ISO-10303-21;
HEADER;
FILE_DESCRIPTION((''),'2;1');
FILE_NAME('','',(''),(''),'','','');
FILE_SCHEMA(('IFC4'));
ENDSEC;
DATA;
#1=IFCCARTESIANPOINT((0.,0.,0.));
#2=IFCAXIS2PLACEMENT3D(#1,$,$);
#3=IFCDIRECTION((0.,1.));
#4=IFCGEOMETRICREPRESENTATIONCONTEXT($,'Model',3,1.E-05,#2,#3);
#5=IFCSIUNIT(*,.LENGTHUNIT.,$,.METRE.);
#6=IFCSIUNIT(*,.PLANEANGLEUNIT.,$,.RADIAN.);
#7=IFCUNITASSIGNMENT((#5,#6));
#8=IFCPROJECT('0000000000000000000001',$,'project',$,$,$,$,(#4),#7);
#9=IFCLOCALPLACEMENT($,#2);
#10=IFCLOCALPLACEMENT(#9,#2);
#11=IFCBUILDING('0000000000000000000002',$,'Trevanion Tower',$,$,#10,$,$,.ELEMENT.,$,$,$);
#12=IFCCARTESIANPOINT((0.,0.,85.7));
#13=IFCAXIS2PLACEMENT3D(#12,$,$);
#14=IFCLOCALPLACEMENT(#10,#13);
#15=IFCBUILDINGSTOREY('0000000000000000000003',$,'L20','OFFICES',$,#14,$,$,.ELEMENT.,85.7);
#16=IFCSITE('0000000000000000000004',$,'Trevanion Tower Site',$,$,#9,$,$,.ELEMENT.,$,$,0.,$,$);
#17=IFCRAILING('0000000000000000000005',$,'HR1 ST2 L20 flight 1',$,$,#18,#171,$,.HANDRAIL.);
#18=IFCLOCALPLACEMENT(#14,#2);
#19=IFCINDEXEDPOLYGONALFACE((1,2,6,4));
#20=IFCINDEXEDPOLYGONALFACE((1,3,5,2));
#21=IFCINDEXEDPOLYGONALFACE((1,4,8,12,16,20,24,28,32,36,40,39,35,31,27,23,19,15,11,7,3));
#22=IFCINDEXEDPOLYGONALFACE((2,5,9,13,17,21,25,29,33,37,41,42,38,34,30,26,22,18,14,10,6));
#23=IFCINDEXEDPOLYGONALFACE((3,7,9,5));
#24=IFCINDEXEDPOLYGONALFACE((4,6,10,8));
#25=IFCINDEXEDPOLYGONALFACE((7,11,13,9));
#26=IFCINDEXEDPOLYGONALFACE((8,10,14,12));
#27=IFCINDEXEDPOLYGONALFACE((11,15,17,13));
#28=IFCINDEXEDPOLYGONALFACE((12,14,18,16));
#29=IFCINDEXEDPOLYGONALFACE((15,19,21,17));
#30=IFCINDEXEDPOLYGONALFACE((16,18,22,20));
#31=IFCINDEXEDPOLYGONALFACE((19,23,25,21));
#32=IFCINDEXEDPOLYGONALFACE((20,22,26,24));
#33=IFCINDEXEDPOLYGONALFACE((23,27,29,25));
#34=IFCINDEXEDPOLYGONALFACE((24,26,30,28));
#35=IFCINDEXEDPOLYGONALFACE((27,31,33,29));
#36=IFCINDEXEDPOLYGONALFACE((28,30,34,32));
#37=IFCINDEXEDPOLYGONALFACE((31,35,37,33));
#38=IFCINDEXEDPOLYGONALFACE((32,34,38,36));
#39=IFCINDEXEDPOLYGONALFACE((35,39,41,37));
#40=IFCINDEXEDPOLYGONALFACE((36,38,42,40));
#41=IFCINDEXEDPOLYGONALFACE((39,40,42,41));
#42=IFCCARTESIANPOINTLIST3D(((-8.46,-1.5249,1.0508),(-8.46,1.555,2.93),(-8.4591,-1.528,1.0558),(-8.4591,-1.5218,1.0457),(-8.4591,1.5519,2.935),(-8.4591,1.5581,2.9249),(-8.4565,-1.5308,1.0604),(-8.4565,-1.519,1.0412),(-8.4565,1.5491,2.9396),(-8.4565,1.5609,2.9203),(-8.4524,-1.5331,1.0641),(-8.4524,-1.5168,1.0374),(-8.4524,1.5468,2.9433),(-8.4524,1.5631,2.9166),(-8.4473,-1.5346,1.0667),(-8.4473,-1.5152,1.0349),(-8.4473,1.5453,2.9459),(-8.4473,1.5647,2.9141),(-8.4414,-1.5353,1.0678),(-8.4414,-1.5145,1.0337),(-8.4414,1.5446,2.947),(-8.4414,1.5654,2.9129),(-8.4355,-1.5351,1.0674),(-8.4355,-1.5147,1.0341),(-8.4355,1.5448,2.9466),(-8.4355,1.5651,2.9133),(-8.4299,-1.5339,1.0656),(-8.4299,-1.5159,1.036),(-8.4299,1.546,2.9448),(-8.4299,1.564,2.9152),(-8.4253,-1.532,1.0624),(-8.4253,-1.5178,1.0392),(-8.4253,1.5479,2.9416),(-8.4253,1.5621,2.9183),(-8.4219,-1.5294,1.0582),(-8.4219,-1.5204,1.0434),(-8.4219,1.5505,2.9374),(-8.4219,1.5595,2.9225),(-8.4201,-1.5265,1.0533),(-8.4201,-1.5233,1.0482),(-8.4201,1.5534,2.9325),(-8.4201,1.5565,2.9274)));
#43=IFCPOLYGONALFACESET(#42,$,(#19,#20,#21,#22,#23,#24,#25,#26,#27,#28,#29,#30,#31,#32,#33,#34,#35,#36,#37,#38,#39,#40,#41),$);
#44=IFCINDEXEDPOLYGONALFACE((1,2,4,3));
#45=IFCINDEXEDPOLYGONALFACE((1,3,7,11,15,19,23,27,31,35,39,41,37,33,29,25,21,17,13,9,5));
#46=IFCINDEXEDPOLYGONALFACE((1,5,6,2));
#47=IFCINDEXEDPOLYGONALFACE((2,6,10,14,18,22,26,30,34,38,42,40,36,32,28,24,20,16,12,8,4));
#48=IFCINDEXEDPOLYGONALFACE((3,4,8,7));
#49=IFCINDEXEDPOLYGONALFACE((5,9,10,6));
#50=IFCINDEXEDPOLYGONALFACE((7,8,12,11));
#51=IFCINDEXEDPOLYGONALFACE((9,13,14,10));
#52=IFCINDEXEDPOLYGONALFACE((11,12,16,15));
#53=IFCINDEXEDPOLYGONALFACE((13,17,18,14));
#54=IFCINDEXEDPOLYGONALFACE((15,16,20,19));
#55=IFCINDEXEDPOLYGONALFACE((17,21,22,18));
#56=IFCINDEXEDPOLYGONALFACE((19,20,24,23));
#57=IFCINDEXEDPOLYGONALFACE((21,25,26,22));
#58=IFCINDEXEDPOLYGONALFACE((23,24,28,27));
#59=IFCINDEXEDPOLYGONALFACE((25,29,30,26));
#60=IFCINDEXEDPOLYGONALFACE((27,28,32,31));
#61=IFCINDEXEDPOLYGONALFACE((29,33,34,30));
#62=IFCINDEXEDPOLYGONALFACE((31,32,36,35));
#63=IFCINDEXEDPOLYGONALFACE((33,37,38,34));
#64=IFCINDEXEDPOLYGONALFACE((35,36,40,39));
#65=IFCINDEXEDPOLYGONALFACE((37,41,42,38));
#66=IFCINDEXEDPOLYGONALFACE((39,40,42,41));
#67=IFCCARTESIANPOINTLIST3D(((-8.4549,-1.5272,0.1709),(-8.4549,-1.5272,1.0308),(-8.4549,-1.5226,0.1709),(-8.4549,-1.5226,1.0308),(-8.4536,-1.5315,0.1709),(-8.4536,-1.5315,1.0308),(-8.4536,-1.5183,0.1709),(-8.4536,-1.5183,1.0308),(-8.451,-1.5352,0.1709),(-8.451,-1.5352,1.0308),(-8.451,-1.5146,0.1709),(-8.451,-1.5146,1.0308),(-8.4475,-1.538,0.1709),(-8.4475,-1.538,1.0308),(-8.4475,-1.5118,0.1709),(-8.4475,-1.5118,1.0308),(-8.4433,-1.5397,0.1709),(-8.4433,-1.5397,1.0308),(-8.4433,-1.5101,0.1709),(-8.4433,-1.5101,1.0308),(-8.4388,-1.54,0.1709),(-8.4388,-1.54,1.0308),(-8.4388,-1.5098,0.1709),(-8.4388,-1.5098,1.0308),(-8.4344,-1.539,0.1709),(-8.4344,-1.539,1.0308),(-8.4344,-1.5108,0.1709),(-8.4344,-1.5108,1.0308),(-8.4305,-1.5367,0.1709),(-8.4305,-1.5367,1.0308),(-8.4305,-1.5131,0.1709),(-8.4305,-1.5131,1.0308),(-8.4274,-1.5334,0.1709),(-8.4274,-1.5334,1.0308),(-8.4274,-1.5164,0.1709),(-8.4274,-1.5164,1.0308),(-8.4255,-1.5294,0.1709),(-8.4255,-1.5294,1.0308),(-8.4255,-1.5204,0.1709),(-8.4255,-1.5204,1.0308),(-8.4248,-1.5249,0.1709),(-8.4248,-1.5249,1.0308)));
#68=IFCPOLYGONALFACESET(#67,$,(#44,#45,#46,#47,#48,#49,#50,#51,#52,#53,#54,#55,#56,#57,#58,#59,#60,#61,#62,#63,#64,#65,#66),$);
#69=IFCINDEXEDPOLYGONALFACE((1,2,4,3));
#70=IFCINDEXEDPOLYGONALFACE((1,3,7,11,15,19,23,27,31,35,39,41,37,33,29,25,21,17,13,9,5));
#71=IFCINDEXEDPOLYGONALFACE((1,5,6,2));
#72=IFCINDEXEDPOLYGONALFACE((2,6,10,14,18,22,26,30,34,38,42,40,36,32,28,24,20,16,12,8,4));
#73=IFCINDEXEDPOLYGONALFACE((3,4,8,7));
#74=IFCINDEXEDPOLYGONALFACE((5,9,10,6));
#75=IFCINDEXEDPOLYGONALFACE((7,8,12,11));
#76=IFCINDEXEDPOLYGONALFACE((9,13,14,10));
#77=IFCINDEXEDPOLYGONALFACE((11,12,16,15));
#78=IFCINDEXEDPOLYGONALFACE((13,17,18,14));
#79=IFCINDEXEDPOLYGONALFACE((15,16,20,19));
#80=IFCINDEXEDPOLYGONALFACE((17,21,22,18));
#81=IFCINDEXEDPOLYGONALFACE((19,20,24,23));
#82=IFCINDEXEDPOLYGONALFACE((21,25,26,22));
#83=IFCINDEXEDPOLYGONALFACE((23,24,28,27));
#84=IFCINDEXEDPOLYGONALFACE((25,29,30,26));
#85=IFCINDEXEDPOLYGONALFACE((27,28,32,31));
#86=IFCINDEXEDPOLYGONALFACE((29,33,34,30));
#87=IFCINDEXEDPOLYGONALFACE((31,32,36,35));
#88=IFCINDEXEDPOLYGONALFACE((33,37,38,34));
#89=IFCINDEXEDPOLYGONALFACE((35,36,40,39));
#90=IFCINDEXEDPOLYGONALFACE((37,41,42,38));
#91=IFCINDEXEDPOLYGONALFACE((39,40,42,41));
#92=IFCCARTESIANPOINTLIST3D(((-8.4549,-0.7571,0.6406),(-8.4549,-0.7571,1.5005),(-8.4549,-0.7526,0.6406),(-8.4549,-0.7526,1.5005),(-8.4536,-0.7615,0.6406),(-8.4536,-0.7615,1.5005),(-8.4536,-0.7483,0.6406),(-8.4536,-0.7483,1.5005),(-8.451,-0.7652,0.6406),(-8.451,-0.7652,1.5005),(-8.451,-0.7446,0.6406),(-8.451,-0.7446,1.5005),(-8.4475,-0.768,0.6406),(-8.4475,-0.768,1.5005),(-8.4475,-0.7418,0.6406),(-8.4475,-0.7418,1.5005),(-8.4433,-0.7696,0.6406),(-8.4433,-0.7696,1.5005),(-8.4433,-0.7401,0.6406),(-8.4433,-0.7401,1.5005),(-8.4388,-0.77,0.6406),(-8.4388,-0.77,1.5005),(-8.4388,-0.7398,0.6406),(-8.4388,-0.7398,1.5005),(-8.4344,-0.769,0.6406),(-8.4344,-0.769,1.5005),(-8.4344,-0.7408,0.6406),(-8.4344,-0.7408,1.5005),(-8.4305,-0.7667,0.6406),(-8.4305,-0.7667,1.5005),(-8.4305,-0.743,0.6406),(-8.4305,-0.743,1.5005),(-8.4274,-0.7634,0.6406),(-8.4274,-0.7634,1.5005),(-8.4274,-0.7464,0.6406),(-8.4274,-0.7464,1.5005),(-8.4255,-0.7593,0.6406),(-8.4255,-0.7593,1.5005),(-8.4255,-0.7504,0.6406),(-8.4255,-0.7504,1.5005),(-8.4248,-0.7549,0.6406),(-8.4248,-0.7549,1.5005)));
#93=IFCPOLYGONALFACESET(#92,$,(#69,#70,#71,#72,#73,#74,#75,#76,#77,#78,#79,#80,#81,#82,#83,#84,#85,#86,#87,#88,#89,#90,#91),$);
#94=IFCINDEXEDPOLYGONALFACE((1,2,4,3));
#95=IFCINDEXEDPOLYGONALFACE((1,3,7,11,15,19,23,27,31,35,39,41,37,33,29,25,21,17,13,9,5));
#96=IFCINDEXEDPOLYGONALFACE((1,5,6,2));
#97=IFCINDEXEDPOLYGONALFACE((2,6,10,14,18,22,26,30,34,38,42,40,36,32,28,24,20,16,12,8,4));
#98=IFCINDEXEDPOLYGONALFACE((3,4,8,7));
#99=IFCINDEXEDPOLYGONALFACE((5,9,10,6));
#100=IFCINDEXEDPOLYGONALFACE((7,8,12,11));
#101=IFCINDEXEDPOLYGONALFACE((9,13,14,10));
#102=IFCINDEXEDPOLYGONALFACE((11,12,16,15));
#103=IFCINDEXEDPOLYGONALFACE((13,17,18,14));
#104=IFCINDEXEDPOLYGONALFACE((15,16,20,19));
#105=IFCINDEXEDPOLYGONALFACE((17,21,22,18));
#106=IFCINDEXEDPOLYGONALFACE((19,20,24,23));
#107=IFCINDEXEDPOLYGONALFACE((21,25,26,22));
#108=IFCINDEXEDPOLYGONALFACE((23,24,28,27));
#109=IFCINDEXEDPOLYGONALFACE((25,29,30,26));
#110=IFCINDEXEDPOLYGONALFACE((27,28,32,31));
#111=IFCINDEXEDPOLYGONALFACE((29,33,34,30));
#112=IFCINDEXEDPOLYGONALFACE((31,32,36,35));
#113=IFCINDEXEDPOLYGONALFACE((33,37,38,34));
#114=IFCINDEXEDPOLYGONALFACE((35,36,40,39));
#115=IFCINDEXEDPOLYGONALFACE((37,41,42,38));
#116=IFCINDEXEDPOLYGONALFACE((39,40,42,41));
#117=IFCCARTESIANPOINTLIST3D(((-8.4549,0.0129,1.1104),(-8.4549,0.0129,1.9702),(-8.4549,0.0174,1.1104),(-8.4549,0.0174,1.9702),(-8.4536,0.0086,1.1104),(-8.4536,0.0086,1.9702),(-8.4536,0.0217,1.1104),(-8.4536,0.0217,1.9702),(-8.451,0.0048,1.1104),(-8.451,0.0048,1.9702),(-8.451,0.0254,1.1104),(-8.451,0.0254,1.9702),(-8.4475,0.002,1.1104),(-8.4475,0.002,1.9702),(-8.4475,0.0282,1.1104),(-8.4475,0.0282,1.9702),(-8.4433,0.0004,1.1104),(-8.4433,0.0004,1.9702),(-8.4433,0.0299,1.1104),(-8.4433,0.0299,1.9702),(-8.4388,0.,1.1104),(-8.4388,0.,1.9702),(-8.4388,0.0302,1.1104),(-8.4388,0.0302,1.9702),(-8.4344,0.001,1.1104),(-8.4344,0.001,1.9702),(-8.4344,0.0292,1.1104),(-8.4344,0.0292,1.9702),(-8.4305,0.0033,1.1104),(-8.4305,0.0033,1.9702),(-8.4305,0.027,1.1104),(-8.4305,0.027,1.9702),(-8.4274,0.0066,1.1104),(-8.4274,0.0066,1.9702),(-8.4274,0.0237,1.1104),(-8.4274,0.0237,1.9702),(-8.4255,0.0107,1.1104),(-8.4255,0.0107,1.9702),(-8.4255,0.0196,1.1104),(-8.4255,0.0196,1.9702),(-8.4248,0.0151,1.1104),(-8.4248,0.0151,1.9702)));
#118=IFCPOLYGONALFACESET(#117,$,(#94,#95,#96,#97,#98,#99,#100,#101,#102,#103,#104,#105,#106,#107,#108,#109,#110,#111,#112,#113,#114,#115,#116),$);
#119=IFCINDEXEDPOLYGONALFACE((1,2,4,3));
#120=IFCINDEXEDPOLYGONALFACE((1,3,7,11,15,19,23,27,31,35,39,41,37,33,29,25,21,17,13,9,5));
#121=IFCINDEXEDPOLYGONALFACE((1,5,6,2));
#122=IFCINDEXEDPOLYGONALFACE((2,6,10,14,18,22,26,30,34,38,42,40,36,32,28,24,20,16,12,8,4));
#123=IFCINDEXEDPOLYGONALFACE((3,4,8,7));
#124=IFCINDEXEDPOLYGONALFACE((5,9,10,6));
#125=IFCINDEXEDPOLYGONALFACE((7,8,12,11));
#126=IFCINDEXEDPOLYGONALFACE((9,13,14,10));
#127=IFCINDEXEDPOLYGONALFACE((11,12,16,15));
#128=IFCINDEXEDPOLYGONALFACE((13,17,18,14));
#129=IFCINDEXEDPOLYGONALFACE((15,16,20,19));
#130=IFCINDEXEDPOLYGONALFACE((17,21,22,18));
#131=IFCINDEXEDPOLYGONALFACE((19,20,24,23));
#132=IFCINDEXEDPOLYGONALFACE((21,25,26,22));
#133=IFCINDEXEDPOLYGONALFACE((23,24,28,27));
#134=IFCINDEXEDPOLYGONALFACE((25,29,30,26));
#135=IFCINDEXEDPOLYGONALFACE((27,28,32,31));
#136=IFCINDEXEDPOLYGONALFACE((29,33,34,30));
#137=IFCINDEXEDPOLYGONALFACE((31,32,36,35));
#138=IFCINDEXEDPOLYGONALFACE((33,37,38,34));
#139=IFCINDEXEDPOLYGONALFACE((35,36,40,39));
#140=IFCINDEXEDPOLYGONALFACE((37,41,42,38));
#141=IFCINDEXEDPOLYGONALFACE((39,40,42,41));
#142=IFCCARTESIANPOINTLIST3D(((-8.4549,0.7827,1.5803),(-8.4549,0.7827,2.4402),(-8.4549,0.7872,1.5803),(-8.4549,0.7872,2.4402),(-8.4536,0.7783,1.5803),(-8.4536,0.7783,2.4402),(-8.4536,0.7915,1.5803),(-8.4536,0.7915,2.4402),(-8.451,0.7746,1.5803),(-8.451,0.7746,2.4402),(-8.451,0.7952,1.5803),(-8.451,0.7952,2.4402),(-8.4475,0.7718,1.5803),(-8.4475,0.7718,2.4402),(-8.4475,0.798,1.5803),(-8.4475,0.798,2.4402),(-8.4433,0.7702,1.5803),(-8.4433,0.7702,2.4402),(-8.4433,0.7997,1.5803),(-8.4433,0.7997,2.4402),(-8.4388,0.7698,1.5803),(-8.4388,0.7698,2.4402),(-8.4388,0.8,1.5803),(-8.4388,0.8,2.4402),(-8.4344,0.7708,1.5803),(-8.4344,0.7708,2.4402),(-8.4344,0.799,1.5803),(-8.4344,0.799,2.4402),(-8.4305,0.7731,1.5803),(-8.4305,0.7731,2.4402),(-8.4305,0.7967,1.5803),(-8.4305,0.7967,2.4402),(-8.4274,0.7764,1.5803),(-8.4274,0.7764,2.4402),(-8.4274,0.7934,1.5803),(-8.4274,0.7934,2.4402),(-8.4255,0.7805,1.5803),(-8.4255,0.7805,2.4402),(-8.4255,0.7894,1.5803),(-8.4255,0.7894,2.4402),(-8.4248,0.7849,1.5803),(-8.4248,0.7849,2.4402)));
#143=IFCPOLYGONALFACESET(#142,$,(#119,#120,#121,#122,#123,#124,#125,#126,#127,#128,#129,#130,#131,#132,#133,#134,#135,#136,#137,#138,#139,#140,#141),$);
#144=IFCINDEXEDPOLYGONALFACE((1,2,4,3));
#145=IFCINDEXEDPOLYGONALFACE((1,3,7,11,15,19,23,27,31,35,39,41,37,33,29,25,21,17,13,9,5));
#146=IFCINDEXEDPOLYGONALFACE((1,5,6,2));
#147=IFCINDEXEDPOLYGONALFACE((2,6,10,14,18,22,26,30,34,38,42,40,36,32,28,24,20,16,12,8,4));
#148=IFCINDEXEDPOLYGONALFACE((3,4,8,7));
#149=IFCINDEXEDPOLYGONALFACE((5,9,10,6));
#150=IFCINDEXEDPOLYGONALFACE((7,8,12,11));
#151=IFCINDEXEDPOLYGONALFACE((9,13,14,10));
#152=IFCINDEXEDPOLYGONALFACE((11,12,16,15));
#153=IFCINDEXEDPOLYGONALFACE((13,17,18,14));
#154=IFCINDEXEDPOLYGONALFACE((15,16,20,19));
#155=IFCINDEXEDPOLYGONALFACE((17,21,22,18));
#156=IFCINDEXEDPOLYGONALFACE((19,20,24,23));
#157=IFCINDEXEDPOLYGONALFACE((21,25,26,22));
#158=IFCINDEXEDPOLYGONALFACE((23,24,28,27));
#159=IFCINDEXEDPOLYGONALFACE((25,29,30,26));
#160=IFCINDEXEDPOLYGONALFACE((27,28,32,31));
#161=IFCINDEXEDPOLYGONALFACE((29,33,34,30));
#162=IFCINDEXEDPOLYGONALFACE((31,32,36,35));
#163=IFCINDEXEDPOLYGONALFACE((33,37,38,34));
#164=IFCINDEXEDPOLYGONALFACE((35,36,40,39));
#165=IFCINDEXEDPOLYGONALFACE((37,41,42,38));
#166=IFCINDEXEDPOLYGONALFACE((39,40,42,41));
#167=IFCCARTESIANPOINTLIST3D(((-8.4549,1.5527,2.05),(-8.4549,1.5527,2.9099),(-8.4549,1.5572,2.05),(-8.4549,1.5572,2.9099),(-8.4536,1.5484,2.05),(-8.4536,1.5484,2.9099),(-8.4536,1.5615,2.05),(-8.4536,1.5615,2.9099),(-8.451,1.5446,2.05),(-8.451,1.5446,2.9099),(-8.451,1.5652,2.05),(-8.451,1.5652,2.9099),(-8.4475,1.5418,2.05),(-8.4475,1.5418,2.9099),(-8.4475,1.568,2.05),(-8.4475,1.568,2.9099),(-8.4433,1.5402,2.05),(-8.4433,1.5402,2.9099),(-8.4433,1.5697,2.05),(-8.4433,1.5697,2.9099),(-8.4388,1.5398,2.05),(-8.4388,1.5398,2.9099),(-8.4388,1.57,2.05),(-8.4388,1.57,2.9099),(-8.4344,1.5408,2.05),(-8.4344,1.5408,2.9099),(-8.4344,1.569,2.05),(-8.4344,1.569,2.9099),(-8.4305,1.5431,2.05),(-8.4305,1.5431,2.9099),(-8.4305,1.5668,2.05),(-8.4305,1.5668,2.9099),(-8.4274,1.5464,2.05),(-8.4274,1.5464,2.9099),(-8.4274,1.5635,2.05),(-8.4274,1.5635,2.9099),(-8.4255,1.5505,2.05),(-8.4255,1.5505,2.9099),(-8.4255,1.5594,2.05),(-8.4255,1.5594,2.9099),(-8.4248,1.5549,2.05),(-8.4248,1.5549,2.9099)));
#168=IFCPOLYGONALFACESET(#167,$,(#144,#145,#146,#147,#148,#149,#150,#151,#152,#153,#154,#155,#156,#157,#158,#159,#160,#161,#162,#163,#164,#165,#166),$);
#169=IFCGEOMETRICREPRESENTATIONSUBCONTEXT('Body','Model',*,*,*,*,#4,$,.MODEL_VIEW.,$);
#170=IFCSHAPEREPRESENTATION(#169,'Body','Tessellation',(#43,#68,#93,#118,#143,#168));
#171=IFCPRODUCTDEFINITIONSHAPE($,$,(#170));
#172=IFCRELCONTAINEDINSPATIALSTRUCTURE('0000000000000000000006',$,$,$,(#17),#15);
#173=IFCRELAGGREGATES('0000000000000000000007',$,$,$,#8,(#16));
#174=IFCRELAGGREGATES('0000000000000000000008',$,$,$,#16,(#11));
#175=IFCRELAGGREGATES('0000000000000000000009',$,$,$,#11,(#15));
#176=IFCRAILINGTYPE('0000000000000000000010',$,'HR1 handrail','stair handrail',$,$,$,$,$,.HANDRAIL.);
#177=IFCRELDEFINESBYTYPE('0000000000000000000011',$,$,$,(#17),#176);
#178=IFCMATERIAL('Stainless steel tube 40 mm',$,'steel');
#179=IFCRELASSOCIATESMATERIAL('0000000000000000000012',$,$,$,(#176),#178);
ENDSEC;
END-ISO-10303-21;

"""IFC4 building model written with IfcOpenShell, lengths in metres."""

from ifc_helpers import new_model, si_unit, direction, frame, origin, origin_2d, place, context, subcontext, project, spatial, circle, extrude, material, type_object, element, save


model = new_model("IFC4")

# Units and contexts
model_context = context("Model", 3, precision=1e-05, world=origin(), true_north=direction((0.0, 1.0)))
body_context = subcontext(model_context, "Body", "Model", "MODEL_VIEW")
ifc_project = project(units=[si_unit("LENGTHUNIT", "METRE"), si_unit("PLANEANGLEUNIT", "RADIAN")], contexts=[model_context])

# Site, building, storey
site_placement = place(None, origin())
site = spatial("IfcSite", under=ifc_project, at=site_placement, Name="Trevanion Tower Site", CompositionType="ELEMENT", RefElevation=0.0)
building_placement = place(site_placement, origin())
building = spatial("IfcBuilding", under=site, at=building_placement, Name="Trevanion Tower", CompositionType="ELEMENT")
storey_placement = place(building_placement, frame((0.0, 0.0, 85.7)))
storey = spatial("IfcBuildingStorey", under=building, at=storey_placement, Name="L20", Description="OFFICES", CompositionType="ELEMENT", Elevation=85.7)

# Railing
ifc_material_1 = material(Name="Stainless steel tube 40 mm", Category="steel")
railing_type = type_object("IfcRailingType", Name="HR1 handrail", Description="stair handrail", PredefinedType="HANDRAIL", material=ifc_material_1)
for number, where, name in (
    (1, (-8.4399, -1.5249, 0.1709), "HR1 ST2 L20 flight 1"),
):
    element("IfcRailing", number, at=place(storey_placement, frame(where)), inside=storey, type_object=railing_type, Name=name, PredefinedType="HANDRAIL", context=body_context, shape_type="SweptSolid", body=[
        extrude(circle(Radius=0.02, at=origin_2d()), frame((0.0, 0.0, 0.8799), z_axis=(0.0, 0.853648, 0.52085), x_axis=(-1.0, 0.0, 0.0)), (0.0, 0.0, 1.0), 3.6079),
        extrude(circle(Radius=0.0151, at=origin_2d()), origin(), (0.0, 0.0, 1.0), 0.8599),
        extrude(circle(Radius=0.0151, at=origin_2d()), frame((0.0, 0.77, 0.4697)), (0.0, 0.0, 1.0), 0.8599),
        extrude(circle(Radius=0.0151, at=origin_2d()), frame((0.0, 1.54, 0.9395)), (0.0, 0.0, 1.0), 0.8599),
        extrude(circle(Radius=0.0151, at=origin_2d()), frame((0.0, 2.3098, 1.4094)), (0.0, 0.0, 1.0), 0.8599),
        extrude(circle(Radius=0.0151, at=origin_2d()), frame((0.0, 3.0798, 1.8792)), (0.0, 0.0, 1.0), 0.8599),
    ])

save(model, "model.ifc")
